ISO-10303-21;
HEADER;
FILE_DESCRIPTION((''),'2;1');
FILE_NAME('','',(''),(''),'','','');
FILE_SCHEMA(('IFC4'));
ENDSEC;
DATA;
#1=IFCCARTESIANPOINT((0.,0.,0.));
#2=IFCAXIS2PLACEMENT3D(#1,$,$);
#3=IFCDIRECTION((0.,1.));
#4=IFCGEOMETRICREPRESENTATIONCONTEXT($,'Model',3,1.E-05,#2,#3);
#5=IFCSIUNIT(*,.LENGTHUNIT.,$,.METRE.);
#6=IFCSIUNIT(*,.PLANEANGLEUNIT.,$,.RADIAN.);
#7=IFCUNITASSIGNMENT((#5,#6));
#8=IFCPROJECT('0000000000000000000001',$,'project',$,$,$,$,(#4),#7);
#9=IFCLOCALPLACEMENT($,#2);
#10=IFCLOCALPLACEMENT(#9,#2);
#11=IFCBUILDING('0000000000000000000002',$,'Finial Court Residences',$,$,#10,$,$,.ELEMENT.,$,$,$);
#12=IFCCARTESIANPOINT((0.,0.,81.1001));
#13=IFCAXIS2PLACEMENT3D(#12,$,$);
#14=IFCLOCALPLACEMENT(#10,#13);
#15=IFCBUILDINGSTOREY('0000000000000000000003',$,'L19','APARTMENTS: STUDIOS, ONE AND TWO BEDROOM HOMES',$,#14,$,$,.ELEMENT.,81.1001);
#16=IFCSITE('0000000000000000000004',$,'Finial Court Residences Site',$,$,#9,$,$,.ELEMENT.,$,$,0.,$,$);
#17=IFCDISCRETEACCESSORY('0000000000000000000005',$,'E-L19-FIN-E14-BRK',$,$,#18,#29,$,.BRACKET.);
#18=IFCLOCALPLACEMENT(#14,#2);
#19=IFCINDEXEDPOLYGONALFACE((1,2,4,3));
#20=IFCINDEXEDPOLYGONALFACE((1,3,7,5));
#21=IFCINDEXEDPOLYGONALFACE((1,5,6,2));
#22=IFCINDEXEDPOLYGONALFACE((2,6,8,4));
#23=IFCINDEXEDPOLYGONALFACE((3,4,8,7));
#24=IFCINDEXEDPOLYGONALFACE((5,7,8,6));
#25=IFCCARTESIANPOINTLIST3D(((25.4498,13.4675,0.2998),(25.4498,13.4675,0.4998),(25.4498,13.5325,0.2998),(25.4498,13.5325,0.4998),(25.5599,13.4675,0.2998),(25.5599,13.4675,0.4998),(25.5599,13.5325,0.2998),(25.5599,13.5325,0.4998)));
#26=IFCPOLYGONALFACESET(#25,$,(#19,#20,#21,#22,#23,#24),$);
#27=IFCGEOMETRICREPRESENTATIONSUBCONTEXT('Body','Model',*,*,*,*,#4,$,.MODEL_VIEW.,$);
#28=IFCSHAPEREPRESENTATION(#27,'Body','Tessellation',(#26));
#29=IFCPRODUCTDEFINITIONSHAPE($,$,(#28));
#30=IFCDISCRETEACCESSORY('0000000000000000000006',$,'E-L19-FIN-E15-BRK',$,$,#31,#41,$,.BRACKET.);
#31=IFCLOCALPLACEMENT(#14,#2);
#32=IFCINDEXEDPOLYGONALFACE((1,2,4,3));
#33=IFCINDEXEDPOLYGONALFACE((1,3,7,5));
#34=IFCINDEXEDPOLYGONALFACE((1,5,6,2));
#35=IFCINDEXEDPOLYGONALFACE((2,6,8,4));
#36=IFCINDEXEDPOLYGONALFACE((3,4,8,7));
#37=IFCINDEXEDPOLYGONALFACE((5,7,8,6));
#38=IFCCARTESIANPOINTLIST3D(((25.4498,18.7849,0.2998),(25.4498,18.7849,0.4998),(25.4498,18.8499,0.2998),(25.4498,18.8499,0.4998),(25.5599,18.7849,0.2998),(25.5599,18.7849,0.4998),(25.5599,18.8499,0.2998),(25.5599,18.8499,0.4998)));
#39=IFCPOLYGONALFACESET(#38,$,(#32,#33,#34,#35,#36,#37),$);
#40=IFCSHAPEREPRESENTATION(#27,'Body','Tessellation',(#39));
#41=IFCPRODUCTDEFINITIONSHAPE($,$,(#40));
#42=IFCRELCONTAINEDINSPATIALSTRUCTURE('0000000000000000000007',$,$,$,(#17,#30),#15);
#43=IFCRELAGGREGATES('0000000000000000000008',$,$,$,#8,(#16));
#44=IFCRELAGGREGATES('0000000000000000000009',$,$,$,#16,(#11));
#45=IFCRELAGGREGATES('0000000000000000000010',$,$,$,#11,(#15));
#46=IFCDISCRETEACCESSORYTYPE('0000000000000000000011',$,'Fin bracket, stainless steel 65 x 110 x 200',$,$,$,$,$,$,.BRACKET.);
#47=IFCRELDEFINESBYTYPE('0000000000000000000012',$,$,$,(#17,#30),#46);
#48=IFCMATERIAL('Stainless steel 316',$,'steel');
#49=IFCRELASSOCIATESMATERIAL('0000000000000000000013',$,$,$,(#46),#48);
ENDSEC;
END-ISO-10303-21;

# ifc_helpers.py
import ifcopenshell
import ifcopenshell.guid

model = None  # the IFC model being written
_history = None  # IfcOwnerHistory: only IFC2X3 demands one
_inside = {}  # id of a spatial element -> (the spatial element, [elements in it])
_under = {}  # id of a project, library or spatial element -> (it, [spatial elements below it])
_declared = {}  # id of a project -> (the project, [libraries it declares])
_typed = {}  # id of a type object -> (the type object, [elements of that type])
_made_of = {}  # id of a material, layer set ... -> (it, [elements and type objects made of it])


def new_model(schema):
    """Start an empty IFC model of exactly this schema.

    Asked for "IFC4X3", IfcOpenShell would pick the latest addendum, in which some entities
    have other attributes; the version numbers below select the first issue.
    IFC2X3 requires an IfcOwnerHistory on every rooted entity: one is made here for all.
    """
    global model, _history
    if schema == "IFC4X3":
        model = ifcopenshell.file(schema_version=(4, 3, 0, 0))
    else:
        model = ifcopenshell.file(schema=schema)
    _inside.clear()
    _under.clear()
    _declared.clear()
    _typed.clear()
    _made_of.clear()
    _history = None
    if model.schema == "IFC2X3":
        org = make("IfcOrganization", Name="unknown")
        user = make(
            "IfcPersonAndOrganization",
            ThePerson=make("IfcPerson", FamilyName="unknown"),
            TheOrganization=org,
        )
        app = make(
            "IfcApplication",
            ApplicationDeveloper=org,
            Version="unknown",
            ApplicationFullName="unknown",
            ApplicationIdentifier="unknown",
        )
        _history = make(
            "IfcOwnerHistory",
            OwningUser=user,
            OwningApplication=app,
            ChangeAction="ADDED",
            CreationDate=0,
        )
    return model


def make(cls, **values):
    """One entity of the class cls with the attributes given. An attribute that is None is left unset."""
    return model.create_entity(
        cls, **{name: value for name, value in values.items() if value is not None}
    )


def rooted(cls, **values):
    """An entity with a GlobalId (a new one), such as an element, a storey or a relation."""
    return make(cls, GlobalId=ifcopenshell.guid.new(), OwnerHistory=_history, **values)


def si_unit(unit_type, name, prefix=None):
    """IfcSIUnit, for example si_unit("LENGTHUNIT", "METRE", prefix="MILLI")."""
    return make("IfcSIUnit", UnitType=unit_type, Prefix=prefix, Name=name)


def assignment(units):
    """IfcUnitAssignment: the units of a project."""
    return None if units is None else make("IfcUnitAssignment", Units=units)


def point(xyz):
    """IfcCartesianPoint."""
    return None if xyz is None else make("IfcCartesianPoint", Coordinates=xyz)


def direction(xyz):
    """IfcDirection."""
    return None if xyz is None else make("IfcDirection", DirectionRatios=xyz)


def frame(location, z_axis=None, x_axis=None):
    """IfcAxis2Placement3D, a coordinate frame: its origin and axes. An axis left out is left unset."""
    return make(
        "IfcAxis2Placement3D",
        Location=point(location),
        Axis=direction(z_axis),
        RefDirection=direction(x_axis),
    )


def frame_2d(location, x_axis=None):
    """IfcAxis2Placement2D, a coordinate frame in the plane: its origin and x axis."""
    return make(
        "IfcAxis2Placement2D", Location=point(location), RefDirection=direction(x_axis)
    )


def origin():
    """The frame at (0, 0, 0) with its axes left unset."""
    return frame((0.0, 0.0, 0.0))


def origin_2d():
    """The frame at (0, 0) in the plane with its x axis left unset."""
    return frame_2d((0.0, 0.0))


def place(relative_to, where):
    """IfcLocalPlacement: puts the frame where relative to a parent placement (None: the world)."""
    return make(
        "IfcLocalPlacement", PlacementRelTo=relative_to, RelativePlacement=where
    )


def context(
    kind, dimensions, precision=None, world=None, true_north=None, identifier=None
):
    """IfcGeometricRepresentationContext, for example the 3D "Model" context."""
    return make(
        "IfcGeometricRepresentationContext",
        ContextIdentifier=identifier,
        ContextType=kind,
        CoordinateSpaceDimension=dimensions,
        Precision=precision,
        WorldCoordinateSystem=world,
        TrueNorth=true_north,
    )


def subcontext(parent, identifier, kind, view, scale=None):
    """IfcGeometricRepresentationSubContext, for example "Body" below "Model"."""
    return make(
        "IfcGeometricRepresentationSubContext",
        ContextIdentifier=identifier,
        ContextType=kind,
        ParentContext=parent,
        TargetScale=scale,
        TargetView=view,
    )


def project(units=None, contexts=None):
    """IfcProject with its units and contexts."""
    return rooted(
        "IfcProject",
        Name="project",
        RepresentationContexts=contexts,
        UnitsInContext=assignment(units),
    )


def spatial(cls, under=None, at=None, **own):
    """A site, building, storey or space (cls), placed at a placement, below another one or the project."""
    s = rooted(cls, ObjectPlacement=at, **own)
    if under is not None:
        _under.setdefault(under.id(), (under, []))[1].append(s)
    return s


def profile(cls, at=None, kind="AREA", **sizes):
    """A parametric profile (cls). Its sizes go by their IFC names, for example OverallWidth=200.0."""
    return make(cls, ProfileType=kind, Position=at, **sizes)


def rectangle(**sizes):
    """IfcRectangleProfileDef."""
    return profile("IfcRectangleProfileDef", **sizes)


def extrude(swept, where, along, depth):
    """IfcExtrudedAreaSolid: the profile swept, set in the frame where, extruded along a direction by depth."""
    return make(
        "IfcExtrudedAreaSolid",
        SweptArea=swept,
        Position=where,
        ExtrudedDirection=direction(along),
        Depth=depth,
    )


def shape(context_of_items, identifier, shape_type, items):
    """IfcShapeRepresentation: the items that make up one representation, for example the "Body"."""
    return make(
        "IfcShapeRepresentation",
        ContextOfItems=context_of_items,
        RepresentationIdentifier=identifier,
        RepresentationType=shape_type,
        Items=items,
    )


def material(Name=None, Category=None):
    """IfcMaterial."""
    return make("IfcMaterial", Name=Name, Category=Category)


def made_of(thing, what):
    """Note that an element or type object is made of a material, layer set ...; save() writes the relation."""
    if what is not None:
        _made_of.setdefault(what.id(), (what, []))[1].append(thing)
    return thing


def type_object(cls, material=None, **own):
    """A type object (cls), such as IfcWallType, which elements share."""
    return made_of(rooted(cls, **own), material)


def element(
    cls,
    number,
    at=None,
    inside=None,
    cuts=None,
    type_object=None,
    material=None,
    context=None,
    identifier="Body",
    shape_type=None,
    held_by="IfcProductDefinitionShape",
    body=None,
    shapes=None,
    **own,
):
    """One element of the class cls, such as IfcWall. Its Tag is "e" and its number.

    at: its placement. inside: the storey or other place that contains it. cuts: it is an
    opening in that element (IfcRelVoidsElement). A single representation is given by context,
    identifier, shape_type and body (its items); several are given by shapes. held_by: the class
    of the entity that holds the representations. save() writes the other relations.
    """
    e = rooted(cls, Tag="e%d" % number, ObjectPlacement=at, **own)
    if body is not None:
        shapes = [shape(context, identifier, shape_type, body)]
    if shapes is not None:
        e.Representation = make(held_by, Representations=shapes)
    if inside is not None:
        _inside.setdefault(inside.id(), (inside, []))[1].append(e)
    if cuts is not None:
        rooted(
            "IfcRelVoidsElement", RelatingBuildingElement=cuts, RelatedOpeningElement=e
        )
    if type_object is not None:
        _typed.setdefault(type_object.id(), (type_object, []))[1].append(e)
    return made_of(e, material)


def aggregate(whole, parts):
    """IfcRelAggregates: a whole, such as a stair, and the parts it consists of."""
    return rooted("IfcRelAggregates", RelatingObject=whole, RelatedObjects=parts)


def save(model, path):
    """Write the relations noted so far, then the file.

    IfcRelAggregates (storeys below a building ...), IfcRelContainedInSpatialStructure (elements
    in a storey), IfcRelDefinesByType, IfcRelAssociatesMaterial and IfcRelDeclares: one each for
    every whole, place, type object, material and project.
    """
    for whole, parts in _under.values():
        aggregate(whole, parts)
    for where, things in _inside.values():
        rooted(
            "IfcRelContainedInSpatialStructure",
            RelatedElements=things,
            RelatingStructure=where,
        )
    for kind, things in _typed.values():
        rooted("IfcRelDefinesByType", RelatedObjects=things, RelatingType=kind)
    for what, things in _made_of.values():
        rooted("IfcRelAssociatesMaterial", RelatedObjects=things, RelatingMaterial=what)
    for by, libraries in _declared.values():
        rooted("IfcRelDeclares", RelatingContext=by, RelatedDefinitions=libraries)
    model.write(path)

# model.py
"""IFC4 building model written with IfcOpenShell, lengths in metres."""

from ifc_helpers import new_model, si_unit, direction, frame, origin, origin_2d, place, context, subcontext, project, spatial, rectangle, extrude, material, type_object, element, save


model = new_model("IFC4")

# Units and contexts
model_context = context("Model", 3, precision=1e-05, world=origin(), true_north=direction((0.0, 1.0)))
body_context = subcontext(model_context, "Body", "Model", "MODEL_VIEW")
ifc_project = project(units=[si_unit("LENGTHUNIT", "METRE"), si_unit("PLANEANGLEUNIT", "RADIAN")], contexts=[model_context])

# Site, building, storey
site_placement = place(None, origin())
site = spatial("IfcSite", under=ifc_project, at=site_placement, Name="Finial Court Residences Site", CompositionType="ELEMENT", RefElevation=0.0)
building_placement = place(site_placement, origin())
building = spatial("IfcBuilding", under=site, at=building_placement, Name="Finial Court Residences", CompositionType="ELEMENT")
storey_placement = place(building_placement, frame((0.0, 0.0, 81.1001)))
storey = spatial("IfcBuildingStorey", under=building, at=storey_placement, Name="L19", Description="APARTMENTS: STUDIOS, ONE AND TWO BEDROOM HOMES", CompositionType="ELEMENT", Elevation=81.1001)

# Discrete accessories
ifc_material_1 = material(Name="Stainless steel 316", Category="steel")
discrete_accessory_type = type_object("IfcDiscreteAccessoryType", Name="Fin bracket, stainless steel 65 x 110 x 200", PredefinedType="BRACKET", material=ifc_material_1)
for number, where, z_axis, x_axis, name in (
    (1, (25.5049, 13.5, 0.2998), (0.0, 0.0, 1.0), (1.0, 0.0, 0.0), "E-L19-FIN-E14-BRK"),
    (2, (25.5049, 18.8174, 0.2998), (0.0, 0.0, 1.0), (1.0, 0.0, 0.0), "E-L19-FIN-E15-BRK"),
):
    element("IfcDiscreteAccessory", number, at=place(storey_placement, frame(where, z_axis=z_axis, x_axis=x_axis)), inside=storey, type_object=discrete_accessory_type, Name=name, PredefinedType="BRACKET", context=body_context, shape_type="SweptSolid", body=[
        extrude(rectangle(XDim=0.1101, YDim=0.0649, at=origin_2d()), origin(), (0.0, 0.0, 1.0), 0.2),
    ])

save(model, "model.ifc")
